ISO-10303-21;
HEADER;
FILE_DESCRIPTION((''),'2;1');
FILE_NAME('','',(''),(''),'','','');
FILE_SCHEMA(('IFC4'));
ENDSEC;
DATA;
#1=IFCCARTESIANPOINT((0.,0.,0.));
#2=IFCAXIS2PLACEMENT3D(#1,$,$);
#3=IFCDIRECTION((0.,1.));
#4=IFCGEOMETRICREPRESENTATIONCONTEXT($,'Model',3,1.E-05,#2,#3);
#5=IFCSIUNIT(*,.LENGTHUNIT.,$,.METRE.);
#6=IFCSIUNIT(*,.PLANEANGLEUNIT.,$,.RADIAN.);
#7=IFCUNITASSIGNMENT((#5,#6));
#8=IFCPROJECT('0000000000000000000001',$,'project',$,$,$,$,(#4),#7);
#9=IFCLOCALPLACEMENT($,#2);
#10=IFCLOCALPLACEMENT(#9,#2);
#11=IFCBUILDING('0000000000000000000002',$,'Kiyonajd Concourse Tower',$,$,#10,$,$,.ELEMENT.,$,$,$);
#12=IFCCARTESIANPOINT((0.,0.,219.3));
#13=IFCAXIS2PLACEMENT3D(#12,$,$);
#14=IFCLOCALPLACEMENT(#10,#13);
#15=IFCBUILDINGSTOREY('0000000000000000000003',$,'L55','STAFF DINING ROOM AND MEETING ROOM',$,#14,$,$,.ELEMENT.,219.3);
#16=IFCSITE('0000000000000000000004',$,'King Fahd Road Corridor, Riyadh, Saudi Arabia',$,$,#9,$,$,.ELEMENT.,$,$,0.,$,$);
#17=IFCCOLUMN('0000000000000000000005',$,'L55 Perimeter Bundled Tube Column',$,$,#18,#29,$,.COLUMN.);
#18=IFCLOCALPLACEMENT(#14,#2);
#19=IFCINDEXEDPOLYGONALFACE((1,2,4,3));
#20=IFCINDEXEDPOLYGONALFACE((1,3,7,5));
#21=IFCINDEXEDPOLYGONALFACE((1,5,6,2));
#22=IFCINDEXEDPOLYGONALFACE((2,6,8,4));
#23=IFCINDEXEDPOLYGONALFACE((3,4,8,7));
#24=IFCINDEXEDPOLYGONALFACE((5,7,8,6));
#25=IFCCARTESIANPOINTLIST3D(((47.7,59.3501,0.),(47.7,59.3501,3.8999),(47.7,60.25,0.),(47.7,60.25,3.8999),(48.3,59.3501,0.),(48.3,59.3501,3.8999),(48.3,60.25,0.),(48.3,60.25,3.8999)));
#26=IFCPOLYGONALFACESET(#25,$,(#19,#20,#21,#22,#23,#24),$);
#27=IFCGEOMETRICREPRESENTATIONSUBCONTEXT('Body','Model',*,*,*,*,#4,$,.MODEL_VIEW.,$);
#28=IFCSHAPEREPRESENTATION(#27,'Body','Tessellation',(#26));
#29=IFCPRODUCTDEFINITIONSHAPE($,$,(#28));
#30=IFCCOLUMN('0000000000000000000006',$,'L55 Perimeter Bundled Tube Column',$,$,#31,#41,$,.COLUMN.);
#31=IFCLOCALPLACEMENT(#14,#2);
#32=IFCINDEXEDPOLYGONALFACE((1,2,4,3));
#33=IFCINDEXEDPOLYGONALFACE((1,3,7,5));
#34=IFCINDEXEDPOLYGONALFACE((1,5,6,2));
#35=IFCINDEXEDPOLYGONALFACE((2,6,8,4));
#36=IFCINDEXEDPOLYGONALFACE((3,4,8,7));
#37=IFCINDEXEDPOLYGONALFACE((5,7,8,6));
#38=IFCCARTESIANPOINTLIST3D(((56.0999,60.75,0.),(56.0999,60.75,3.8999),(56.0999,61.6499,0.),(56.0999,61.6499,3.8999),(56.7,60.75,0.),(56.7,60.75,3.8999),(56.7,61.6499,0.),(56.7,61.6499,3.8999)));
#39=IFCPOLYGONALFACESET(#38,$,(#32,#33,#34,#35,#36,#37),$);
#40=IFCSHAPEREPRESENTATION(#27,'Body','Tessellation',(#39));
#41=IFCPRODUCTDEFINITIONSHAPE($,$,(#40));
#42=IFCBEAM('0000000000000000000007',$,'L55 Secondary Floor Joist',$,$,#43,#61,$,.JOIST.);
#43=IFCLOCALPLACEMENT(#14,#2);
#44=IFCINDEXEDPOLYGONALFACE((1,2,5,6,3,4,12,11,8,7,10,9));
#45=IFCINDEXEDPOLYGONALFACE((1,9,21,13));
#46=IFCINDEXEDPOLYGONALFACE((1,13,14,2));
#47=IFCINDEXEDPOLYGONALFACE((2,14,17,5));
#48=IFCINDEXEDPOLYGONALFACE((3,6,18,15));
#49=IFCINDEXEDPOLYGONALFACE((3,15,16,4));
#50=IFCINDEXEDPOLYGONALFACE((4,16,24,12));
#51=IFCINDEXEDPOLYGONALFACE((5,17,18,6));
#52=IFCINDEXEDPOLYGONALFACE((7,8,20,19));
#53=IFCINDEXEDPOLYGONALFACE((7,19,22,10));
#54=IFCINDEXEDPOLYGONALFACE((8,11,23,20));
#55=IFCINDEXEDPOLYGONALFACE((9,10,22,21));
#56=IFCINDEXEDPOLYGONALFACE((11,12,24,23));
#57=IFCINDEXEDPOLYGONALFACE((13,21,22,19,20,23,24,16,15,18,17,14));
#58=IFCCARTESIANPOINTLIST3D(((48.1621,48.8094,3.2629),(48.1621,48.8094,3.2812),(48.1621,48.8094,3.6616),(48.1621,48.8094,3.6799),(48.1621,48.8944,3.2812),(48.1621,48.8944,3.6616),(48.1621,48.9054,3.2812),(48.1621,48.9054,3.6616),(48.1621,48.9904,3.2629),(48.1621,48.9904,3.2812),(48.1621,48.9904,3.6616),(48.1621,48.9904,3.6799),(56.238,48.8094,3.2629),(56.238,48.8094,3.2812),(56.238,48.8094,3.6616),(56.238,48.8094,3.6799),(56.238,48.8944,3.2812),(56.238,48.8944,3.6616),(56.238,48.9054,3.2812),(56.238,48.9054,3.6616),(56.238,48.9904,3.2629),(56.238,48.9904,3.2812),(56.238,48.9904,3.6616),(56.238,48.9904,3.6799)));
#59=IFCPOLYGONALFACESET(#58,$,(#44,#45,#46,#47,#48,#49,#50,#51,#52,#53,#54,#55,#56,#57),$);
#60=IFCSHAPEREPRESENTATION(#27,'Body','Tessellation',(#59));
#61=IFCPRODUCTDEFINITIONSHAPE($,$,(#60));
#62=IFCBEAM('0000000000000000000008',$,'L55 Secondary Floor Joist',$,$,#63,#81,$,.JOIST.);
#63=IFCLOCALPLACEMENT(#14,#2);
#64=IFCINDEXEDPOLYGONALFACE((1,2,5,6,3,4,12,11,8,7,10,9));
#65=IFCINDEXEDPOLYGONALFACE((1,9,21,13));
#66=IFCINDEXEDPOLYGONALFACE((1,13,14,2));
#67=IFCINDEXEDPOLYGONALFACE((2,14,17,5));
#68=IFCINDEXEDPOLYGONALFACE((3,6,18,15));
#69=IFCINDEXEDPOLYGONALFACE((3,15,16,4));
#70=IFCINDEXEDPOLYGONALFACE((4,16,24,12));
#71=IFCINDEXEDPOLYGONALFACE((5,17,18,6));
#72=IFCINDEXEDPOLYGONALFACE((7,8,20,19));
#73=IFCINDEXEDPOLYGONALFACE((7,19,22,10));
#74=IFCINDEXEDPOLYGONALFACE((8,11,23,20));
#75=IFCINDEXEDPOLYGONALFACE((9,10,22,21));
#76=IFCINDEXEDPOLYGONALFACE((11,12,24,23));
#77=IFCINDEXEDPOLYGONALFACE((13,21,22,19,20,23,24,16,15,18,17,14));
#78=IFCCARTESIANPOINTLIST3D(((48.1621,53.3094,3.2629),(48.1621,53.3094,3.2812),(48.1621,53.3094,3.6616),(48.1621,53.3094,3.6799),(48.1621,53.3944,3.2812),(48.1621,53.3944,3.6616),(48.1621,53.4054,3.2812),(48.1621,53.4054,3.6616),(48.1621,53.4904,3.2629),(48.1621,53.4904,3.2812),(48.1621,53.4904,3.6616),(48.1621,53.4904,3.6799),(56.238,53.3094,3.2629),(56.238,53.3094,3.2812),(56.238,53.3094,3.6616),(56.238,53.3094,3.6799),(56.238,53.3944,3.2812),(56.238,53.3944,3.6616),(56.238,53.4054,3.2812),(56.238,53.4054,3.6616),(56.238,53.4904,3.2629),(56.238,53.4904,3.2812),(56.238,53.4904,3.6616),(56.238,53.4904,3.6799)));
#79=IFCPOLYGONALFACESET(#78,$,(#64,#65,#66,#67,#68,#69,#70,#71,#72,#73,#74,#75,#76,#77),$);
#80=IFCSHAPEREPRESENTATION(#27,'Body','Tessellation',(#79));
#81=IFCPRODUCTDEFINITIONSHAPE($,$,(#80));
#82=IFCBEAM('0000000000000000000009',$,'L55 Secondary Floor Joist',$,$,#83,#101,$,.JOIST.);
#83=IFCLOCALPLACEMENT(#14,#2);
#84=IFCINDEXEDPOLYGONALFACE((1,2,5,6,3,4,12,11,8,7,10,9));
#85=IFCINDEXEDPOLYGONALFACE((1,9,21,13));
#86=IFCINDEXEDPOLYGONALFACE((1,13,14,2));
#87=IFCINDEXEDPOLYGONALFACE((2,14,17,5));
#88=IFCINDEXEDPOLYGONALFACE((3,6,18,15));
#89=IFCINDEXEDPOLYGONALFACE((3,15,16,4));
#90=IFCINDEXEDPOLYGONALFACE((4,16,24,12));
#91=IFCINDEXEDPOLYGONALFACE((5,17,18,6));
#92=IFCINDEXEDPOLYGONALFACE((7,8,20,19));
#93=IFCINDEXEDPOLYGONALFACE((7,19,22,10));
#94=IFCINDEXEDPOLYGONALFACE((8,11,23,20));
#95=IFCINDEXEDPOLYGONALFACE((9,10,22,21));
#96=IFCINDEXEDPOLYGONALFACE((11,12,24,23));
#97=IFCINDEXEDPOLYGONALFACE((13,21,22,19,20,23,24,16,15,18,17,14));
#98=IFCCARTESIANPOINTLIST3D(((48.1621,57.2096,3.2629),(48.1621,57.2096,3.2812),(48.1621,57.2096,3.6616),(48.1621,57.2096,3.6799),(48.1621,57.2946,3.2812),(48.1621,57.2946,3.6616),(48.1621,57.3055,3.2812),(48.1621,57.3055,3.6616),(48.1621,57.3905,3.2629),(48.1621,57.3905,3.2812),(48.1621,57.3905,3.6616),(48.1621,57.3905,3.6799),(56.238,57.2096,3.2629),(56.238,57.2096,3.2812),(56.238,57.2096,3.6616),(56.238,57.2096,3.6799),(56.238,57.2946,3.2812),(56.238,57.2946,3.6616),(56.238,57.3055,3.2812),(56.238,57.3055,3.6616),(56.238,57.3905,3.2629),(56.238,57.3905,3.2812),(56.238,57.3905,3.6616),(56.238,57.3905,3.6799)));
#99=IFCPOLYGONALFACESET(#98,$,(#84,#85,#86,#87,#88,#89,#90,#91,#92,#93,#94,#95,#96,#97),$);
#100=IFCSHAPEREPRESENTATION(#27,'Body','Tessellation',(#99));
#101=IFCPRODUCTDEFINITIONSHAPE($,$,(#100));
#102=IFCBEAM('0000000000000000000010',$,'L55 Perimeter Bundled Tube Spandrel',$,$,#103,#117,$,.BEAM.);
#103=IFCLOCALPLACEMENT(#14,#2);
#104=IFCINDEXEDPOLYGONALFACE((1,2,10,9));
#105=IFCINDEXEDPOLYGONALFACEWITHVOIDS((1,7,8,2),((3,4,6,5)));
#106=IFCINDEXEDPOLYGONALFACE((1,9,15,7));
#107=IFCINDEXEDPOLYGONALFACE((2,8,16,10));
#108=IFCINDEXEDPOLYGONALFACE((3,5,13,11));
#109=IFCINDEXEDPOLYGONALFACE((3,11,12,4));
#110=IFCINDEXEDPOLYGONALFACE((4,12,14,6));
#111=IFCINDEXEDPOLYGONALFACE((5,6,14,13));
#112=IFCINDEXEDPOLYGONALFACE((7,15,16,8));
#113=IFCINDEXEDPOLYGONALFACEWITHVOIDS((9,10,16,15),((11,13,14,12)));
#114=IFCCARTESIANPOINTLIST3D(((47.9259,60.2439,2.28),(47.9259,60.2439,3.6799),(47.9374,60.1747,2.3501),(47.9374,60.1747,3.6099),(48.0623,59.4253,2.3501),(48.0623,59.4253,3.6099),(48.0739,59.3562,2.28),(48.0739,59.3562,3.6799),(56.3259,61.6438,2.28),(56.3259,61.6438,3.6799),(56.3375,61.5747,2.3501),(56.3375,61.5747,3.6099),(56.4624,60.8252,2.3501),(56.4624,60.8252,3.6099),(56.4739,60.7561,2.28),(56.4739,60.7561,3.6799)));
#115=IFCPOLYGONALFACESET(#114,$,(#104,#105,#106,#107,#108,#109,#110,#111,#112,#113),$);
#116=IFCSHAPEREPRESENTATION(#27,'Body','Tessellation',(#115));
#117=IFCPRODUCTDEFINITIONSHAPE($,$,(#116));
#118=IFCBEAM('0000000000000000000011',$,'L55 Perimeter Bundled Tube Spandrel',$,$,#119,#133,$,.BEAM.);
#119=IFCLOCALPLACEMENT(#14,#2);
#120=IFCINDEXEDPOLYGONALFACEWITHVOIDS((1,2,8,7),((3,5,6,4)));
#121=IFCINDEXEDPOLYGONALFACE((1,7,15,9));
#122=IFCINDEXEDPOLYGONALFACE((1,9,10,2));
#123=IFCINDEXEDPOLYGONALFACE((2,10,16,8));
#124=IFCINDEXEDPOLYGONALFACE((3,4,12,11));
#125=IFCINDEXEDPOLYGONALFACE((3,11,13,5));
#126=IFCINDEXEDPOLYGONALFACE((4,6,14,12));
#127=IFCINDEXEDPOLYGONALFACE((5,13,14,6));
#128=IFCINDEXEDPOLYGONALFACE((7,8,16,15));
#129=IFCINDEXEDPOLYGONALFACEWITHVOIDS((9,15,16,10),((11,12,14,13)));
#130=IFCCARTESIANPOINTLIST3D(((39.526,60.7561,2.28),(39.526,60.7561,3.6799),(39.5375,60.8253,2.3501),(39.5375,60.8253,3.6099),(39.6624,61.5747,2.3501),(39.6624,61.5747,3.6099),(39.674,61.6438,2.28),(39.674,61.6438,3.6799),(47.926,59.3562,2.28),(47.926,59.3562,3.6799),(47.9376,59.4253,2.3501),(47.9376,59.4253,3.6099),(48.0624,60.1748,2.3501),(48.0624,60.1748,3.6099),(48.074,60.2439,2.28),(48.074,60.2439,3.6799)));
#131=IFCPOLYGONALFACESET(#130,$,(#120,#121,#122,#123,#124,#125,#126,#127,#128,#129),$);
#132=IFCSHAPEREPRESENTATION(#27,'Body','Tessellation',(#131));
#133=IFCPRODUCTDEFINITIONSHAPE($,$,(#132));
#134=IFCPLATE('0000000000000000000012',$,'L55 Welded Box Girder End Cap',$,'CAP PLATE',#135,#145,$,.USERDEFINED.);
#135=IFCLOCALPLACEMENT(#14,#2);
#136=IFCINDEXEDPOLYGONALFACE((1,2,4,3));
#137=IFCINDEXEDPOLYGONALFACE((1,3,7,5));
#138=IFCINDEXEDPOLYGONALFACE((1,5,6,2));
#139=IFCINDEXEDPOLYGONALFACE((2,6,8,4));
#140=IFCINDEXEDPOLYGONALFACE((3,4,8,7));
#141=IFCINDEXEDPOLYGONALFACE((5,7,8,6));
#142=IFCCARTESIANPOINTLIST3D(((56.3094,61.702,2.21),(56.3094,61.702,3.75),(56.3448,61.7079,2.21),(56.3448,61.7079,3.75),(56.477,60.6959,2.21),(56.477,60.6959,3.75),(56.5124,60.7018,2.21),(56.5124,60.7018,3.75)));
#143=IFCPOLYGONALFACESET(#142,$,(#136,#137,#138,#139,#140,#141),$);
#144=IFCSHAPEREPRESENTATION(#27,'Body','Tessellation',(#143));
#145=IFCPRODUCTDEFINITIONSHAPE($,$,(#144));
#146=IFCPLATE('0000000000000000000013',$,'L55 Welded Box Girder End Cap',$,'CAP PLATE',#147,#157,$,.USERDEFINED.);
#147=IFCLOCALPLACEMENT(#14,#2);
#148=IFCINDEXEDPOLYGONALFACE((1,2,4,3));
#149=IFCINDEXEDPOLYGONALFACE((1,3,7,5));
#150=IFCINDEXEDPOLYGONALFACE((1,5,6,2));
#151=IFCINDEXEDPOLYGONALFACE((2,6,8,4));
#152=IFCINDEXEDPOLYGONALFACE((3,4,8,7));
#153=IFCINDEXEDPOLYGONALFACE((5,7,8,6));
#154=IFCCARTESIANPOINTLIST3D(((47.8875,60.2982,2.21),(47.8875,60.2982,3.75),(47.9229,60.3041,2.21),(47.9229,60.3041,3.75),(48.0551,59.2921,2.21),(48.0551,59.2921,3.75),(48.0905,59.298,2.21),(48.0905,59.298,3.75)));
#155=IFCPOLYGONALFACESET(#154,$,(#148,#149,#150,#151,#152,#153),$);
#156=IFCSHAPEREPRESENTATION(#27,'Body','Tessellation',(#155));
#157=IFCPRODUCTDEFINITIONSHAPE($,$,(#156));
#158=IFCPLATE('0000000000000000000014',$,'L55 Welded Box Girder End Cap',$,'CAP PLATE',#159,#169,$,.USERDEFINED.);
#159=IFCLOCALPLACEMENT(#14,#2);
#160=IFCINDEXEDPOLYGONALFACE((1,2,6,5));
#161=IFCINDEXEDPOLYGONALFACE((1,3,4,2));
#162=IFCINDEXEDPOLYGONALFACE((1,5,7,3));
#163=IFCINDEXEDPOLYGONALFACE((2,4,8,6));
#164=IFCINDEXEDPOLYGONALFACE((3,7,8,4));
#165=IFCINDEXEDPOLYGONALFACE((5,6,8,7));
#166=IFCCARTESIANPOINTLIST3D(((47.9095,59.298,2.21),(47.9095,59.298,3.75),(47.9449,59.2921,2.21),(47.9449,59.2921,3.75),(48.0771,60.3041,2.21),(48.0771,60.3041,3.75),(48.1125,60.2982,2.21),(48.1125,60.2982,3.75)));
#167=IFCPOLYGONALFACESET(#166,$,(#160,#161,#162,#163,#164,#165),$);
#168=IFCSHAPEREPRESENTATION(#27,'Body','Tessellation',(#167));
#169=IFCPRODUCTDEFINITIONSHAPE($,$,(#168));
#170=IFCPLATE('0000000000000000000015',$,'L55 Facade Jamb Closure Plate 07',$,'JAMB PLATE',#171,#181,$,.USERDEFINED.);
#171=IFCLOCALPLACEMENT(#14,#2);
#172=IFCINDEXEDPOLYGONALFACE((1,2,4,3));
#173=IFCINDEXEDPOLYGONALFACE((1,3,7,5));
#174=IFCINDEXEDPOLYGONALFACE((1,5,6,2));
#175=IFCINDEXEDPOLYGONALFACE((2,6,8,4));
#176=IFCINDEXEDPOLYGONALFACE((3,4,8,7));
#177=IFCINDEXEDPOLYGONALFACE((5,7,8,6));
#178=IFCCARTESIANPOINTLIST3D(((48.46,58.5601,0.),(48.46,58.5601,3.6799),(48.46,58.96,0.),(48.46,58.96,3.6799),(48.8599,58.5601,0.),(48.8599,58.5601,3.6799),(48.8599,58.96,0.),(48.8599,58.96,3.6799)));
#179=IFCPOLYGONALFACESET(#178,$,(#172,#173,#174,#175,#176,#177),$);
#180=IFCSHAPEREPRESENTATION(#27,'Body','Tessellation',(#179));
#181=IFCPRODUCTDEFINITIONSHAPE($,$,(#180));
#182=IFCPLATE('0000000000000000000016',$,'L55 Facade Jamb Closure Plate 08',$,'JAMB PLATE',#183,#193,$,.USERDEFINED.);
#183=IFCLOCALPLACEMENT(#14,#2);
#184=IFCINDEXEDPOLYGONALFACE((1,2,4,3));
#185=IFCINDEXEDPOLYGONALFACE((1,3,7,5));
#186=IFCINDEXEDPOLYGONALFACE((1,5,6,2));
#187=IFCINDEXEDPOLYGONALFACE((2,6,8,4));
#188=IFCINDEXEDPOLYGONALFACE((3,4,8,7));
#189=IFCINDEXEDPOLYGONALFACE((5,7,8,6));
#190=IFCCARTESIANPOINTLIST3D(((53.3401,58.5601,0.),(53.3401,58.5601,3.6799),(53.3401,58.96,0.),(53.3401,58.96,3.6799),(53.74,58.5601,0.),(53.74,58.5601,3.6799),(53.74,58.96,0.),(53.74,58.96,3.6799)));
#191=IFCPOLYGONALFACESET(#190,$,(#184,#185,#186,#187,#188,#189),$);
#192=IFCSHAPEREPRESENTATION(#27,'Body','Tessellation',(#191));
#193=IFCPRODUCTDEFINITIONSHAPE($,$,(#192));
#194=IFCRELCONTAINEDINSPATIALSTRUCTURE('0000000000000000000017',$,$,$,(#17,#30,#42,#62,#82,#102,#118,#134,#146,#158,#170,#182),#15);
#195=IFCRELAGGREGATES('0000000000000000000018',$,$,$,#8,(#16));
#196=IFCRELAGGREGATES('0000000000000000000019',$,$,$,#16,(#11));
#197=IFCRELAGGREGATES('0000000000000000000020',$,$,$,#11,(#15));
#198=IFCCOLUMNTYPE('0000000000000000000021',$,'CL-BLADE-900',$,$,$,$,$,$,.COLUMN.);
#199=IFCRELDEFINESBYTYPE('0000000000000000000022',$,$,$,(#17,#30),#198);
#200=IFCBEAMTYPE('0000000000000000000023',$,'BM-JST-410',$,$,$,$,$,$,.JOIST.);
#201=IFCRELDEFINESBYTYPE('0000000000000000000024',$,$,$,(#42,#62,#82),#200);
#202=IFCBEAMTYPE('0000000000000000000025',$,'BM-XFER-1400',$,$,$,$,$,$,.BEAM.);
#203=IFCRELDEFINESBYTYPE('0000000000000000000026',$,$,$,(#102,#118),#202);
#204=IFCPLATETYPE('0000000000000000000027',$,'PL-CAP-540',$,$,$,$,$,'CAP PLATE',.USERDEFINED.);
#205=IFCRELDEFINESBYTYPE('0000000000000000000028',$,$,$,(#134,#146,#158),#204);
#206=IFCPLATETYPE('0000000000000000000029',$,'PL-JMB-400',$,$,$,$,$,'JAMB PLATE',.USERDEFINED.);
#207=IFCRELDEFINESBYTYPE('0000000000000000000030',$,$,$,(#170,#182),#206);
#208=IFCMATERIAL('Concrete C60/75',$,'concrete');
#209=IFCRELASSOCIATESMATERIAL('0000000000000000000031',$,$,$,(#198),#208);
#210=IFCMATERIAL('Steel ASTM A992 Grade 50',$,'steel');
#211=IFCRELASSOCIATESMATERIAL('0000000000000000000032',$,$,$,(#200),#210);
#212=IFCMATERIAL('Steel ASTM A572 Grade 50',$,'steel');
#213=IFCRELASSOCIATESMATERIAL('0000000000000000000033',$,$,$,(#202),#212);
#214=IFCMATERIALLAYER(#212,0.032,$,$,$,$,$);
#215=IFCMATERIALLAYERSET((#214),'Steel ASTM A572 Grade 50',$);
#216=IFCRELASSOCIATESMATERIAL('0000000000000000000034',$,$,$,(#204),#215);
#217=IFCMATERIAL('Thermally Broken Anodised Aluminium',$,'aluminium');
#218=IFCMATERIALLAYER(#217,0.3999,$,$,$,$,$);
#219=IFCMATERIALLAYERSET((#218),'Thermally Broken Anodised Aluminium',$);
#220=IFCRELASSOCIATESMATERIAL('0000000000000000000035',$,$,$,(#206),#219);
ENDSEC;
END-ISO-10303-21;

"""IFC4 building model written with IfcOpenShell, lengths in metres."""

from ifc_helpers import new_model, si_unit, direction, frame, origin, origin_2d, place, context, subcontext, project, spatial, rectangle, hollow_rectangle, i_section, extrude, material, layer, layer_set, material_profile, profile_set, type_object, element, save


model = new_model("IFC4")

# Units and contexts
model_context = context("Model", 3, precision=1e-05, world=origin(), true_north=direction((0.0, 1.0)))
body_context = subcontext(model_context, "Body", "Model", "MODEL_VIEW")
ifc_project = project(units=[si_unit("LENGTHUNIT", "METRE"), si_unit("PLANEANGLEUNIT", "RADIAN")], contexts=[model_context])

# Site, building, storey
site_placement = place(None, origin())
site = spatial("IfcSite", under=ifc_project, at=site_placement, Name="King Fahd Road Corridor, Riyadh, Saudi Arabia", CompositionType="ELEMENT", RefElevation=0.0)
building_placement = place(site_placement, origin())
building = spatial("IfcBuilding", under=site, at=building_placement, Name="Kiyonajd Concourse Tower", CompositionType="ELEMENT")
storey_placement = place(building_placement, frame((0.0, 0.0, 219.3)))
storey = spatial("IfcBuildingStorey", under=building, at=storey_placement, Name="L55", Description="STAFF DINING ROOM AND MEETING ROOM", CompositionType="ELEMENT", Elevation=219.3)

# Columns
ifc_material_1 = material(Name="Concrete C60/75", Category="concrete")
ifc_material_profile_1 = material_profile(ifc_material_1, rectangle(XDim=0.6001, YDim=0.8999, at=origin_2d()), Name="RC-900x600")
ifc_profile_set_1 = profile_set([ifc_material_profile_1], Name="Concrete C60/75")
column_type = type_object("IfcColumnType", Name="CL-BLADE-900", PredefinedType="COLUMN", material=ifc_profile_set_1)
for number, where, z_axis, x_axis, name in (
    (1, (48.0, 59.8, 0.0), (0.0, 0.0, 1.0), (1.0, 0.0, 0.0), "L55 Perimeter Bundled Tube Column"),
    (2, (56.3999, 61.2, 0.0), (0.0, 0.0, 1.0), (1.0, 0.0, 0.0), "L55 Perimeter Bundled Tube Column"),
):
    element("IfcColumn", number, at=place(storey_placement, frame(where, z_axis=z_axis, x_axis=x_axis)), inside=storey, type_object=column_type, Name=name, PredefinedType="COLUMN", context=body_context, shape_type="SweptSolid", body=[
        extrude(rectangle(XDim=0.6001, YDim=0.8999, at=origin_2d()), origin(), (0.0, 0.0, 1.0), 3.8999),
    ])

# Beams
ifc_material_2 = material(Name="Steel ASTM A992 Grade 50", Category="steel")
ifc_material_profile_2 = material_profile(ifc_material_2, i_section(OverallWidth=0.1809, OverallDepth=0.417, WebThickness=0.011, FlangeThickness=0.0183, at=origin_2d()), Name="W410X85")
ifc_profile_set_2 = profile_set([ifc_material_profile_2], Name="Steel ASTM A992 Grade 50")
beam_type_1 = type_object("IfcBeamType", Name="BM-JST-410", PredefinedType="JOIST", material=ifc_profile_set_2)
for number, where, z_axis, x_axis, name in (
    (3, (48.1621, 48.8999, 3.4714), (1.0, 0.0, 0.0), (0.0, 1.0, 0.0), "L55 Secondary Floor Joist"),
    (4, (48.1621, 53.3999, 3.4714), (1.0, 0.0, 0.0), (0.0, 1.0, 0.0), "L55 Secondary Floor Joist"),
    (5, (48.1621, 57.3, 3.4714), (1.0, 0.0, 0.0), (0.0, 1.0, 0.0), "L55 Secondary Floor Joist"),
):
    element("IfcBeam", number, at=place(storey_placement, frame(where, z_axis=z_axis, x_axis=x_axis)), inside=storey, type_object=beam_type_1, Name=name, PredefinedType="JOIST", context=body_context, shape_type="SweptSolid", body=[
        extrude(i_section(OverallWidth=0.1809, OverallDepth=0.417, WebThickness=0.011, FlangeThickness=0.0183, at=origin_2d()), origin(), (0.0, 0.0, 1.0), 8.0759),
    ])
ifc_material_3 = material(Name="Steel ASTM A572 Grade 50", Category="steel")
ifc_material_profile_3 = material_profile(ifc_material_3, hollow_rectangle(XDim=0.8999, YDim=1.3999, WallThickness=0.0701, at=origin_2d()), Name="BOX-1400x900x70")
ifc_profile_set_3 = profile_set([ifc_material_profile_3], Name="Steel ASTM A572 Grade 50")
beam_type_2 = type_object("IfcBeamType", Name="BM-XFER-1400", PredefinedType="BEAM", material=ifc_profile_set_3)
for number, where, z_axis, x_axis, name in (
    (6, (56.3999, 61.2, 2.98), (-0.986395, -0.16439, 0.0), (0.16439, -0.986395, 0.0), "L55 Perimeter Bundled Tube Spandrel"),
    (7, (48.0, 59.8, 2.98), (-0.986395, 0.16439, 0.0), (-0.16439, -0.986395, 0.0), "L55 Perimeter Bundled Tube Spandrel"),
):
    element("IfcBeam", number, at=place(storey_placement, frame(where, z_axis=z_axis, x_axis=x_axis)), inside=storey, type_object=beam_type_2, Name=name, PredefinedType="BEAM", context=body_context, shape_type="SweptSolid", body=[
        extrude(hollow_rectangle(XDim=0.8999, YDim=1.3999, WallThickness=0.0701, at=origin_2d()), origin(), (0.0, 0.0, 1.0), 8.5159),
    ])

# Plates
ifc_layer_1 = layer(ifc_material_3, 0.032)
ifc_layer_set_1 = layer_set([ifc_layer_1], Name="Steel ASTM A572 Grade 50")
plate_type_1 = type_object("IfcPlateType", Name="PL-CAP-540", ElementType="CAP PLATE", PredefinedType="USERDEFINED", material=ifc_layer_set_1)
for number, where, z_axis, x_axis, name in (
    (8, (56.4109, 61.2019, 2.21), (0.0, 0.0, 1.0), (0.986401, 0.164359, 0.0), "L55 Welded Box Girder End Cap"),
    (9, (47.989, 59.7981, 2.21), (0.0, 0.0, 1.0), (-0.986401, -0.164359, 0.0), "L55 Welded Box Girder End Cap"),
    (10, (48.011, 59.7981, 2.21), (0.0, 0.0, 1.0), (0.986401, -0.164359, 0.0), "L55 Welded Box Girder End Cap"),
):
    element("IfcPlate", number, at=place(storey_placement, frame(where, z_axis=z_axis, x_axis=x_axis)), inside=storey, type_object=plate_type_1, Name=name, ObjectType="CAP PLATE", PredefinedType="USERDEFINED", context=body_context, shape_type="SweptSolid", body=[
        extrude(rectangle(XDim=0.0359, YDim=1.02, at=origin_2d()), origin(), (0.0, 0.0, 1.0), 1.54),
    ])
ifc_material_4 = material(Name="Thermally Broken Anodised Aluminium", Category="aluminium")
ifc_layer_2 = layer(ifc_material_4, 0.3999)
ifc_layer_set_2 = layer_set([ifc_layer_2], Name="Thermally Broken Anodised Aluminium")
plate_type_2 = type_object("IfcPlateType", Name="PL-JMB-400", ElementType="JAMB PLATE", PredefinedType="USERDEFINED", material=ifc_layer_set_2)
for number, where, z_axis, x_axis, name in (
    (11, (48.6599, 58.76, 0.0), (0.0, 0.0, 1.0), (1.0, 0.0, 0.0), "L55 Facade Jamb Closure Plate 07"),
    (12, (53.54, 58.76, 0.0), (0.0, 0.0, 1.0), (1.0, 0.0, 0.0), "L55 Facade Jamb Closure Plate 08"),
):
    element("IfcPlate", number, at=place(storey_placement, frame(where, z_axis=z_axis, x_axis=x_axis)), inside=storey, type_object=plate_type_2, Name=name, ObjectType="JAMB PLATE", PredefinedType="USERDEFINED", context=body_context, shape_type="SweptSolid", body=[
        extrude(rectangle(XDim=0.3999, YDim=0.3999, at=origin_2d()), origin(), (0.0, 0.0, 1.0), 3.6799),
    ])

save(model, "model.ifc")
